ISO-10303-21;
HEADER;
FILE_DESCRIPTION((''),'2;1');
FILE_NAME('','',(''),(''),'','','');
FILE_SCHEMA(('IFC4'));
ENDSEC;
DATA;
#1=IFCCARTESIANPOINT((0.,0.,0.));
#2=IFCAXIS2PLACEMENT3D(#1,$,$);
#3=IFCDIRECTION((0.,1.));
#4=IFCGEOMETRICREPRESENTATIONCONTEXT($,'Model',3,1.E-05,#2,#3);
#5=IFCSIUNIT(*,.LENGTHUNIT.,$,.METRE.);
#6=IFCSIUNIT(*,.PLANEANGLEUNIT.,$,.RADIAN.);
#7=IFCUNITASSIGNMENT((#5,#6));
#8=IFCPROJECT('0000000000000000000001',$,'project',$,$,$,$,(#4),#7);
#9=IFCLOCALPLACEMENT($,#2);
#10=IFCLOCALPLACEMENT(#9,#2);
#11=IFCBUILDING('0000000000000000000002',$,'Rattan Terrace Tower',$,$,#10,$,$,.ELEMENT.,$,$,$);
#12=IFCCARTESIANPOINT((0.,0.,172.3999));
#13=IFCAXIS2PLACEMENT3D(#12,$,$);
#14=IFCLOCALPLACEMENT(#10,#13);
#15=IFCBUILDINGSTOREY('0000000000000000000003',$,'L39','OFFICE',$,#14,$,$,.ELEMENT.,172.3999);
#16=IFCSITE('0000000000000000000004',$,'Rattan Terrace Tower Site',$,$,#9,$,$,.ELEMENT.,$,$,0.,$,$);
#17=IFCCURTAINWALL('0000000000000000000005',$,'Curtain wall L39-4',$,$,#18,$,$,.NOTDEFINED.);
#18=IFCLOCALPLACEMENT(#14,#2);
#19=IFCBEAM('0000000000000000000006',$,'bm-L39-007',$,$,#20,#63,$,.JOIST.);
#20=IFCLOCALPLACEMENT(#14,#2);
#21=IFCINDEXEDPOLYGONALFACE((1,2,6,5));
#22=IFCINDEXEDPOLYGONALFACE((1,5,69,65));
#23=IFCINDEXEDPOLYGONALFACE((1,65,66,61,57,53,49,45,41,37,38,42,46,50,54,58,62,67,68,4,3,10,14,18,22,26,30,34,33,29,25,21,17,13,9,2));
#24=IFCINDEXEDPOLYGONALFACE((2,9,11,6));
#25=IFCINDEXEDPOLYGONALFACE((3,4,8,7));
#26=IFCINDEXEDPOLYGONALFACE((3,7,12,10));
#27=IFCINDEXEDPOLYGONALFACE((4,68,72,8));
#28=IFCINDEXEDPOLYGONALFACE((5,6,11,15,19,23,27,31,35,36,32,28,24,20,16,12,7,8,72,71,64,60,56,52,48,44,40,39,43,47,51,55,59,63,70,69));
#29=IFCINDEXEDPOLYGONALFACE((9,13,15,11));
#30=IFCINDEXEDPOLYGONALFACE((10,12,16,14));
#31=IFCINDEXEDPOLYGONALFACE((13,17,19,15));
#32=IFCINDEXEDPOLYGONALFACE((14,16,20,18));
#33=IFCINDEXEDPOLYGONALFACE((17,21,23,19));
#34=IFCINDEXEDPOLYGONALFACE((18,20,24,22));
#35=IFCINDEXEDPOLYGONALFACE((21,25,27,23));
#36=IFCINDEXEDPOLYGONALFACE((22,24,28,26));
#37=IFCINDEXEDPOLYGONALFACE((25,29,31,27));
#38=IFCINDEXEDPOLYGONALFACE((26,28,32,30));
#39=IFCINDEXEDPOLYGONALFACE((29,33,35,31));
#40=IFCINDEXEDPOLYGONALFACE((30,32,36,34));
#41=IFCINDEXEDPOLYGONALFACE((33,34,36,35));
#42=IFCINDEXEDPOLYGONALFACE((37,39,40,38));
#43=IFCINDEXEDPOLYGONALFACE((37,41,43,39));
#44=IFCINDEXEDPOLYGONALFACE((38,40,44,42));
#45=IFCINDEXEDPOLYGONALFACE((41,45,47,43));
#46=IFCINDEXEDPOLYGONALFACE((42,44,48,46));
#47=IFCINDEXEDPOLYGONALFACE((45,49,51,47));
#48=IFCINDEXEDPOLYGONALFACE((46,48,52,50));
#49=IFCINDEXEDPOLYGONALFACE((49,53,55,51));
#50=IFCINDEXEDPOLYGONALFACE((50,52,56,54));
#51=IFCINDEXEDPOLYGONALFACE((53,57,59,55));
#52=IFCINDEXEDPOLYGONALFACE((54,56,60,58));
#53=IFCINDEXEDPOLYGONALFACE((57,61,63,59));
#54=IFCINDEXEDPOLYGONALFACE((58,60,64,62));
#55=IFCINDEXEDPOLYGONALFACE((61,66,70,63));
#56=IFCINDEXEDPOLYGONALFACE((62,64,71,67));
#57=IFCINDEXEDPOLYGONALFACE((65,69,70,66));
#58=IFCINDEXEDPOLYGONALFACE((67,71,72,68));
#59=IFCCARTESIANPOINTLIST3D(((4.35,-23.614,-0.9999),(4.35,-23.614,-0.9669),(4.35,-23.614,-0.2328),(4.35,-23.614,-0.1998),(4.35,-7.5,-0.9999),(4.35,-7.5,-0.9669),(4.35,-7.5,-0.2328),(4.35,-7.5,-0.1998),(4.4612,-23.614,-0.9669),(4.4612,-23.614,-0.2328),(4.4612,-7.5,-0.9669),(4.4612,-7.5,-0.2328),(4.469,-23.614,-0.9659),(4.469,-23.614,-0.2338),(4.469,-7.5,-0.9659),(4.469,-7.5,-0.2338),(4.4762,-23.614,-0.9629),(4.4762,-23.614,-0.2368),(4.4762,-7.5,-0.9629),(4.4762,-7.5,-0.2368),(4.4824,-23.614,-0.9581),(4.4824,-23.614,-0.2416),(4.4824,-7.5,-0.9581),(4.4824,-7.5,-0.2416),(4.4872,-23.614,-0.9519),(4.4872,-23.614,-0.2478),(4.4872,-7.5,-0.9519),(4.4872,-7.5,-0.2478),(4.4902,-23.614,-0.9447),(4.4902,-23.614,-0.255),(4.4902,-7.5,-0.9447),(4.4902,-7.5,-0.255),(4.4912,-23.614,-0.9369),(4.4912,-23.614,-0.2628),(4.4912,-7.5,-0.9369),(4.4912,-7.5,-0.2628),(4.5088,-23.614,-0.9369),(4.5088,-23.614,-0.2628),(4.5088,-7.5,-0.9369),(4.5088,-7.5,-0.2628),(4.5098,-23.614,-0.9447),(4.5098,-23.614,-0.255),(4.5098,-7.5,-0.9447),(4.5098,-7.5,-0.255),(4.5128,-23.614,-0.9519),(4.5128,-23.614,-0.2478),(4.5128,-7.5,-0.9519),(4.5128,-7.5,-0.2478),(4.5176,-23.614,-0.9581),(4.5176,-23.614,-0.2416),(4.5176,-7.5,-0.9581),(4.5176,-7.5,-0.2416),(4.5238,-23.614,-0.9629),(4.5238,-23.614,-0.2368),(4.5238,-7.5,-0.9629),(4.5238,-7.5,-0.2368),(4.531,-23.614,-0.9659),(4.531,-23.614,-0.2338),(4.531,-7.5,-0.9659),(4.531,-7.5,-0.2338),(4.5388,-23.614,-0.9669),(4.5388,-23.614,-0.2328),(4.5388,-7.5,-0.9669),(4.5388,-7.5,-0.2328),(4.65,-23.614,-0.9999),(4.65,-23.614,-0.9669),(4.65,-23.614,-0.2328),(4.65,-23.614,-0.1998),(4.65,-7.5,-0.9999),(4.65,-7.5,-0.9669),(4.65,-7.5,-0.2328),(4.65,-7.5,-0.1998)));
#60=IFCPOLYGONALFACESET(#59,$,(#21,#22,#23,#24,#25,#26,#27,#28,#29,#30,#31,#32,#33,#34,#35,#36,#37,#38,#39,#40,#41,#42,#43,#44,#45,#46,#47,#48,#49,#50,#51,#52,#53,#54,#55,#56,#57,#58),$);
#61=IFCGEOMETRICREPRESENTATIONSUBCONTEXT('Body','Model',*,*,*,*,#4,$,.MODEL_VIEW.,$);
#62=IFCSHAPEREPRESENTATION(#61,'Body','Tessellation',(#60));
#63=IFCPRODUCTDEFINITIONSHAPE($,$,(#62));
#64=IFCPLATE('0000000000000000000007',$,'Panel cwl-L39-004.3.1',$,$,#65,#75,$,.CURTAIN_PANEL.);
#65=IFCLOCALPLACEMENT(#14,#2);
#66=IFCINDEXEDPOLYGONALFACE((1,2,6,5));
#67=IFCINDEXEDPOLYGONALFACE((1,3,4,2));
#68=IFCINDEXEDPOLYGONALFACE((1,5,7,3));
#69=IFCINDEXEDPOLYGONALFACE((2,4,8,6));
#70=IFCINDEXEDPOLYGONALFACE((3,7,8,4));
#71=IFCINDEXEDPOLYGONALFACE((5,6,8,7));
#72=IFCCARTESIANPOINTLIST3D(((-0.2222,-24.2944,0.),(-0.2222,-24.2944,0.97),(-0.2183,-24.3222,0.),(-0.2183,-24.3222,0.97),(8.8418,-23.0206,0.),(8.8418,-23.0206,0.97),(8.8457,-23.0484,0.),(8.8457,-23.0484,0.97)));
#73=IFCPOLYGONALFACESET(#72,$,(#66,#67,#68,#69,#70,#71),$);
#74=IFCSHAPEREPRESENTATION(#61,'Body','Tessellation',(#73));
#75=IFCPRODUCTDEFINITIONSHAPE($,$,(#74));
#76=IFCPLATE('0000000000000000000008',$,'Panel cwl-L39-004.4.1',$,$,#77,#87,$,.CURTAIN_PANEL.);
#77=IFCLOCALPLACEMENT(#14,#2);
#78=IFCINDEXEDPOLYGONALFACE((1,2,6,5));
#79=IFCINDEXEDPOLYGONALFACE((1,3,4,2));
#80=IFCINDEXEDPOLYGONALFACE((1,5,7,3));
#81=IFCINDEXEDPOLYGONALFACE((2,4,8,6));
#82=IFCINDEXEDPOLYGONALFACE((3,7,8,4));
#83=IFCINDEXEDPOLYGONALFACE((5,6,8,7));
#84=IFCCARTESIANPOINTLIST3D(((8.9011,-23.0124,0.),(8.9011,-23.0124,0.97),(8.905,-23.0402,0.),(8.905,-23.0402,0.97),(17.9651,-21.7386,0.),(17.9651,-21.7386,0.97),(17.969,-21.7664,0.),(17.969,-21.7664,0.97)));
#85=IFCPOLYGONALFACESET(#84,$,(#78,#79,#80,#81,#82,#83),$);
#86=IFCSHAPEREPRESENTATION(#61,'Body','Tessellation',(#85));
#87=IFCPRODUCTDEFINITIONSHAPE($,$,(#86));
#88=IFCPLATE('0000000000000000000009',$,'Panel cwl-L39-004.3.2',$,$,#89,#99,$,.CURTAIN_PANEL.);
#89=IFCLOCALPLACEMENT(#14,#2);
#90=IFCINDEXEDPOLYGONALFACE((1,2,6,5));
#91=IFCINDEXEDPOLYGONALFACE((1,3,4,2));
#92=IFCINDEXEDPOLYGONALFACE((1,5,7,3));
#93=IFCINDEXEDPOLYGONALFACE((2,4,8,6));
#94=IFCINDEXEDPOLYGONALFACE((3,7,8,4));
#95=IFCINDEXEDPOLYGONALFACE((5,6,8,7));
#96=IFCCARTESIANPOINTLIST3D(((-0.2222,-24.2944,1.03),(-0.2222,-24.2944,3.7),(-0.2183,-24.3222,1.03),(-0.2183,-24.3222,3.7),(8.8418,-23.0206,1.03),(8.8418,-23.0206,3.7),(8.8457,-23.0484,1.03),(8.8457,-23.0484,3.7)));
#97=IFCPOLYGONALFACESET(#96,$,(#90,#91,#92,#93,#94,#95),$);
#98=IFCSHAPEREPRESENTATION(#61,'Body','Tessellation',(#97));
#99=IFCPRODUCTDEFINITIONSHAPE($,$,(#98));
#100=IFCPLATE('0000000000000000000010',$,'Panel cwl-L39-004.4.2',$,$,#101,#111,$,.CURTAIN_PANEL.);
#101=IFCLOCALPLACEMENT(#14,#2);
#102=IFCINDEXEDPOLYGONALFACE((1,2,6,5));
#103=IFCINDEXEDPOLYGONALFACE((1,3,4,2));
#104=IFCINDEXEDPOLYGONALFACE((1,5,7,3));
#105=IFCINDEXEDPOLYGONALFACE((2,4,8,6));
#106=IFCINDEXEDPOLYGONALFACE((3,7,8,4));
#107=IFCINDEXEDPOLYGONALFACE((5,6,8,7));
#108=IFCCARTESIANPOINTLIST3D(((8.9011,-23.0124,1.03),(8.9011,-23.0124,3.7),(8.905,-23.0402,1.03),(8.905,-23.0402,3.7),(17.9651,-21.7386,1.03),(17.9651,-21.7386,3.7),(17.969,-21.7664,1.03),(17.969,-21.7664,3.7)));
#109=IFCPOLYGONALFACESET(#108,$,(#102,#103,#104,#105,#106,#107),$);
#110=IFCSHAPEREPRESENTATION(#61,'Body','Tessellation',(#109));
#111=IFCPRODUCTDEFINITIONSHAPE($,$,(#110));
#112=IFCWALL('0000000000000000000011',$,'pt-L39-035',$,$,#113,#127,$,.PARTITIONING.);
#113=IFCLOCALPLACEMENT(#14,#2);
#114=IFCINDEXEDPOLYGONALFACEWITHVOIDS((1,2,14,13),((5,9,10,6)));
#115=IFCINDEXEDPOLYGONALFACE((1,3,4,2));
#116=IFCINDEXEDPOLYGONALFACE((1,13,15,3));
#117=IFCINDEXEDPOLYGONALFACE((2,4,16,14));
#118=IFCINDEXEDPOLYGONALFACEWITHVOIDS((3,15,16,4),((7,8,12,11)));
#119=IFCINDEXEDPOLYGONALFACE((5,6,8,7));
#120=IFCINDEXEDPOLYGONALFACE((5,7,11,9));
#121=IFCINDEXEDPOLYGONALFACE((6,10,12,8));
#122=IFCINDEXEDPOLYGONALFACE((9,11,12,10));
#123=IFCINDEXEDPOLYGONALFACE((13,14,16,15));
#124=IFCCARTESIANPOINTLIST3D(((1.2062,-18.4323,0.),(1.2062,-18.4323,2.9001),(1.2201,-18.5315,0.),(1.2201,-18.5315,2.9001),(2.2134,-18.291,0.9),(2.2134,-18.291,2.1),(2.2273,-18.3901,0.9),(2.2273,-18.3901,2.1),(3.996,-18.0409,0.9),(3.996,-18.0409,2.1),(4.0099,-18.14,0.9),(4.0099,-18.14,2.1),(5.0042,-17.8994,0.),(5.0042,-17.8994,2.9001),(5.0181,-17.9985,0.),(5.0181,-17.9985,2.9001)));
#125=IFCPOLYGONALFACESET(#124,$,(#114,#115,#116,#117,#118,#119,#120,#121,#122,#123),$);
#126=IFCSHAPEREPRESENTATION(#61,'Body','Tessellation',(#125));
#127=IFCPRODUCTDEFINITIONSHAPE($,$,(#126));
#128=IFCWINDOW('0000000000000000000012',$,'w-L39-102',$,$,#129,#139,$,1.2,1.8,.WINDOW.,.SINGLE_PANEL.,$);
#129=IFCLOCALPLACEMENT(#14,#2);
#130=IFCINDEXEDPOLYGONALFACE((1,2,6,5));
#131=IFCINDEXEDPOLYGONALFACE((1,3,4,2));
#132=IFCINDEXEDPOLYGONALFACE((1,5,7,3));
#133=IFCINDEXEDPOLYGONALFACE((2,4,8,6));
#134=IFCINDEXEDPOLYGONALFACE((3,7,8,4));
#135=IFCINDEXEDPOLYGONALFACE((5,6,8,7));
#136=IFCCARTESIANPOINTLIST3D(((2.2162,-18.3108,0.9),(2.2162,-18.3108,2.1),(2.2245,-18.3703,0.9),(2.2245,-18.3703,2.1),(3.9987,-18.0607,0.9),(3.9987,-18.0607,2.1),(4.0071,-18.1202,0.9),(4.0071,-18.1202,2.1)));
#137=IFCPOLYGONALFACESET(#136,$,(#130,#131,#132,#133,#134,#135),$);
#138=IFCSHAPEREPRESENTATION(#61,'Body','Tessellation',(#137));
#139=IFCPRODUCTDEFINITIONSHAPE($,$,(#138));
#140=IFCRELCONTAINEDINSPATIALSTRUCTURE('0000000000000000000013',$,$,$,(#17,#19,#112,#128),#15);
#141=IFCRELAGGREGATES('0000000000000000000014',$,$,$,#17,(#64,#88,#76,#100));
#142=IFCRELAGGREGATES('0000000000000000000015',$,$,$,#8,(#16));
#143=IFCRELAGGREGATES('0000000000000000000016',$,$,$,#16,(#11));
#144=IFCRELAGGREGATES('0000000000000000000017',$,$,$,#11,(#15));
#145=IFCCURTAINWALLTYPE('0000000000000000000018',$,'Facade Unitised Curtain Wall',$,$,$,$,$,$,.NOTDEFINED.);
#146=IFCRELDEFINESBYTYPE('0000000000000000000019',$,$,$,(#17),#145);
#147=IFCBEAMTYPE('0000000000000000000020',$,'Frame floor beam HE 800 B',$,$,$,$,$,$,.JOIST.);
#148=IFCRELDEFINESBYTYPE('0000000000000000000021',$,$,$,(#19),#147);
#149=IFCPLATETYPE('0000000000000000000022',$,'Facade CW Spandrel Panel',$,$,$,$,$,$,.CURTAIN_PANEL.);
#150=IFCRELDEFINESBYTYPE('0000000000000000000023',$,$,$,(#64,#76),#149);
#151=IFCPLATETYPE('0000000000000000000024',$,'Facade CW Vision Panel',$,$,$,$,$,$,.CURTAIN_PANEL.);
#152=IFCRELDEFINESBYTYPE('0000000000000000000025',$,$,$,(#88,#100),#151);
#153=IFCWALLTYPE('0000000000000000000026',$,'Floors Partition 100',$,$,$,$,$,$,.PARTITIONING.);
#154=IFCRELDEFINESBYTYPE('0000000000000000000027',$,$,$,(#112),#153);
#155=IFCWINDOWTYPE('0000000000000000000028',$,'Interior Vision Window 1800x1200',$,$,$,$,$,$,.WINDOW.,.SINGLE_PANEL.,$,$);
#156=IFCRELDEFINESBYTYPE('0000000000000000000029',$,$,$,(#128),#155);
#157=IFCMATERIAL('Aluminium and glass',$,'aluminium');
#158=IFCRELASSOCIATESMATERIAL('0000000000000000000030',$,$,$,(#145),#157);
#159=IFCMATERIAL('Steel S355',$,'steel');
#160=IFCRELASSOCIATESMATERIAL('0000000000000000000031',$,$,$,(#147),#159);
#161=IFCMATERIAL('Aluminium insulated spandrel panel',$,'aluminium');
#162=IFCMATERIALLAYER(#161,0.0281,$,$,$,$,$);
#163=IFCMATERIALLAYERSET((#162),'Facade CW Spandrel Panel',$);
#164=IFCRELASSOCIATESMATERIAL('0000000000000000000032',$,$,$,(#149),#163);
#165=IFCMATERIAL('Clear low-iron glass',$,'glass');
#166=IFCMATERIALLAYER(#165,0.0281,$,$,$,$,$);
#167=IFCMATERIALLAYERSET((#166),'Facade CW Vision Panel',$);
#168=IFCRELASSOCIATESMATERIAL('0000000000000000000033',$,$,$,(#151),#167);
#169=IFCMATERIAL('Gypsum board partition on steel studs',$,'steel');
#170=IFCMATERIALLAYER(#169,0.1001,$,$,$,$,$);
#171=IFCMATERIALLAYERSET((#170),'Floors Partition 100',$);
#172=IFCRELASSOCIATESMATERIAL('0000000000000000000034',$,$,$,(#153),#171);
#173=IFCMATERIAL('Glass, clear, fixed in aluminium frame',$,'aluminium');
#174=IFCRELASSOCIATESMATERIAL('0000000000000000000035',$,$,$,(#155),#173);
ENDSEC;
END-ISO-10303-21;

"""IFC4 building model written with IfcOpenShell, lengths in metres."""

from ifc_helpers import new_model, si_unit, direction, frame, frame_2d, origin, origin_2d, place, context, subcontext, project, spatial, rectangle, i_section, extrude, material, layer, layer_set, material_profile, profile_set, type_object, element, fill, aggregate, save


model = new_model("IFC4")

# Units and contexts
model_context = context("Model", 3, precision=1e-05, world=origin(), true_north=direction((0.0, 1.0)))
body_context = subcontext(model_context, "Body", "Model", "MODEL_VIEW")
ifc_project = project(units=[si_unit("LENGTHUNIT", "METRE"), si_unit("PLANEANGLEUNIT", "RADIAN")], contexts=[model_context])

# Site, building, storey
site_placement = place(None, origin())
site = spatial("IfcSite", under=ifc_project, at=site_placement, Name="Rattan Terrace Tower Site", CompositionType="ELEMENT", RefElevation=0.0)
building_placement = place(site_placement, origin())
building = spatial("IfcBuilding", under=site, at=building_placement, Name="Rattan Terrace Tower", CompositionType="ELEMENT")
storey_placement = place(building_placement, frame((0.0, 0.0, 172.3999)))
storey = spatial("IfcBuildingStorey", under=building, at=storey_placement, Name="L39", Description="OFFICE", CompositionType="ELEMENT", Elevation=172.3999)

# Curtain wall
ifc_material_1 = material(Name="Aluminium and glass", Category="aluminium")
curtain_wall_type = type_object("IfcCurtainWallType", Name="Facade Unitised Curtain Wall", PredefinedType="NOTDEFINED", material=ifc_material_1)
curtain_wall_placement = place(storey_placement, origin())
curtain_wall = element("IfcCurtainWall", 1, at=curtain_wall_placement, inside=storey, type_object=curtain_wall_type, Name="Curtain wall L39-4", PredefinedType="NOTDEFINED")

# Beam
ifc_material_2 = material(Name="Steel S355", Category="steel")
ifc_material_profile_1 = material_profile(ifc_material_2, i_section(OverallWidth=0.3, OverallDepth=0.8, WebThickness=0.0176, FlangeThickness=0.033, FilletRadius=0.03, at=origin_2d()), Name="HE 800 B")
ifc_profile_set_1 = profile_set([ifc_material_profile_1], Name="Steel S355")
beam_type_1 = type_object("IfcBeamType", Name="Frame floor beam HE 800 B", PredefinedType="JOIST", material=ifc_profile_set_1)
beam_1_placement = place(storey_placement, frame((4.5, -23.614, -0.5999), z_axis=(0.0, 1.0, 0.0), x_axis=(-1.0, 0.0, 0.0)))
element("IfcBeam", 2, at=beam_1_placement, inside=storey, type_object=beam_type_1, Name="bm-L39-007", PredefinedType="JOIST", context=body_context, shape_type="SweptSolid", body=[
    extrude(i_section(OverallWidth=0.3, OverallDepth=0.8, WebThickness=0.0176, FlangeThickness=0.033, FilletRadius=0.03, at=origin_2d()), origin(), (0.0, 0.0, 1.0), 16.114),
])

# Plates
ifc_material_3 = material(Name="Aluminium insulated spandrel panel", Category="aluminium")
ifc_layer_1 = layer(ifc_material_3, 0.0281)
ifc_layer_set_1 = layer_set([ifc_layer_1], Name="Facade CW Spandrel Panel")
plate_type_1 = type_object("IfcPlateType", Name="Facade CW Spandrel Panel", PredefinedType="CURTAIN_PANEL", material=ifc_layer_set_1)
plate_1_placement = place(storey_placement, frame((4.3118, -23.6714, 0.0), z_axis=(0.0, 0.0, 1.0), x_axis=(0.99027, 0.139161, 0.0)))
plate_1 = element("IfcPlate", 3, at=plate_1_placement, type_object=plate_type_1, Name="Panel cwl-L39-004.3.1", PredefinedType="CURTAIN_PANEL", context=body_context, shape_type="SweptSolid", body=[
    extrude(rectangle(XDim=9.1531, YDim=0.0281, at=origin_2d()), origin(), (0.0, 0.0, 1.0), 0.97),
])
plate_2_placement = place(storey_placement, frame((13.4351, -22.3894, 0.0), z_axis=(0.0, 0.0, 1.0), x_axis=(0.99027, 0.139161, 0.0)))
plate_2 = element("IfcPlate", 4, at=plate_2_placement, type_object=plate_type_1, Name="Panel cwl-L39-004.4.1", PredefinedType="CURTAIN_PANEL", context=body_context, shape_type="SweptSolid", body=[
    extrude(rectangle(XDim=9.1531, YDim=0.0281, at=origin_2d()), origin(), (0.0, 0.0, 1.0), 0.97),
])
ifc_material_4 = material(Name="Clear low-iron glass", Category="glass")
ifc_layer_2 = layer(ifc_material_4, 0.0281)
ifc_layer_set_2 = layer_set([ifc_layer_2], Name="Facade CW Vision Panel")
plate_type_2 = type_object("IfcPlateType", Name="Facade CW Vision Panel", PredefinedType="CURTAIN_PANEL", material=ifc_layer_set_2)
plate_3_placement = place(storey_placement, frame((4.3118, -23.6714, 1.03), z_axis=(0.0, 0.0, 1.0), x_axis=(0.99027, 0.139161, 0.0)))
plate_3 = element("IfcPlate", 5, at=plate_3_placement, type_object=plate_type_2, Name="Panel cwl-L39-004.3.2", PredefinedType="CURTAIN_PANEL", context=body_context, shape_type="SweptSolid", body=[
    extrude(rectangle(XDim=9.1531, YDim=0.0281, at=origin_2d()), origin(), (0.0, 0.0, 1.0), 2.6699),
])
plate_4_placement = place(storey_placement, frame((13.4351, -22.3894, 1.03), z_axis=(0.0, 0.0, 1.0), x_axis=(0.99027, 0.139161, 0.0)))
plate_4 = element("IfcPlate", 6, at=plate_4_placement, type_object=plate_type_2, Name="Panel cwl-L39-004.4.2", PredefinedType="CURTAIN_PANEL", context=body_context, shape_type="SweptSolid", body=[
    extrude(rectangle(XDim=9.1531, YDim=0.0281, at=origin_2d()), origin(), (0.0, 0.0, 1.0), 2.6699),
])
aggregate(curtain_wall, [plate_1, plate_3, plate_2, plate_4])

# Wall, opening, window
ifc_material_5 = material(Name="Gypsum board partition on steel studs", Category="steel")
ifc_layer_3 = layer(ifc_material_5, 0.1001)
ifc_layer_set_3 = layer_set([ifc_layer_3], Name="Floors Partition 100")
wall_type_1 = type_object("IfcWallType", Name="Floors Partition 100", PredefinedType="PARTITIONING", material=ifc_layer_set_3)
wall_1_placement = place(storey_placement, frame((5.011, -17.949, 0.0), z_axis=(0.0, 0.0, 1.0), x_axis=(-0.990298, -0.138961, 0.0)))
wall_1 = element("IfcWall", 7, at=wall_1_placement, inside=storey, type_object=wall_type_1, Name="pt-L39-035", PredefinedType="PARTITIONING", context=body_context, shape_type="SweptSolid", body=[
    extrude(rectangle(XDim=3.8352, YDim=0.1001, at=frame_2d((1.9175, 0.0))), origin(), (0.0, 0.0, 1.0), 2.9001),
])
opening_1_placement = place(wall_1_placement, frame((1.0181, 0.0, 0.8999)))
opening_1 = element("IfcOpeningElement", 8, at=opening_1_placement, cuts=wall_1, PredefinedType="OPENING", context=body_context, shape_type="SweptSolid", body=[
    extrude(rectangle(XDim=1.8, YDim=1.2, at=frame_2d((0.8999, 0.6001))), frame((0.0, 0.0605, 0.0), z_axis=(0.0, -1.0, 0.0), x_axis=(1.0, 0.0, 0.0)), (0.0, 0.0, 1.0), 0.1211),
])
ifc_material_6 = material(Name="Glass, clear, fixed in aluminium frame", Category="aluminium")
window_type = type_object("IfcWindowType", Name="Interior Vision Window 1800x1200", PartitioningType="SINGLE_PANEL", PredefinedType="WINDOW", material=ifc_material_6)
window_1_placement = place(opening_1_placement, origin())
window_1 = element("IfcWindow", 9, at=window_1_placement, inside=storey, type_object=window_type, Name="w-L39-102", OverallHeight=1.2, OverallWidth=1.8, PartitioningType="SINGLE_PANEL", PredefinedType="WINDOW", context=body_context, shape_type="SweptSolid", body=[
    extrude(rectangle(XDim=1.8, YDim=1.2, at=frame_2d((0.8999, 0.6001))), frame((0.0, 0.03, 0.0), z_axis=(0.0, -1.0, 0.0), x_axis=(1.0, 0.0, 0.0)), (0.0, 0.0, 1.0), 0.0601),
])
fill(opening_1, window_1)

save(model, "model.ifc")
